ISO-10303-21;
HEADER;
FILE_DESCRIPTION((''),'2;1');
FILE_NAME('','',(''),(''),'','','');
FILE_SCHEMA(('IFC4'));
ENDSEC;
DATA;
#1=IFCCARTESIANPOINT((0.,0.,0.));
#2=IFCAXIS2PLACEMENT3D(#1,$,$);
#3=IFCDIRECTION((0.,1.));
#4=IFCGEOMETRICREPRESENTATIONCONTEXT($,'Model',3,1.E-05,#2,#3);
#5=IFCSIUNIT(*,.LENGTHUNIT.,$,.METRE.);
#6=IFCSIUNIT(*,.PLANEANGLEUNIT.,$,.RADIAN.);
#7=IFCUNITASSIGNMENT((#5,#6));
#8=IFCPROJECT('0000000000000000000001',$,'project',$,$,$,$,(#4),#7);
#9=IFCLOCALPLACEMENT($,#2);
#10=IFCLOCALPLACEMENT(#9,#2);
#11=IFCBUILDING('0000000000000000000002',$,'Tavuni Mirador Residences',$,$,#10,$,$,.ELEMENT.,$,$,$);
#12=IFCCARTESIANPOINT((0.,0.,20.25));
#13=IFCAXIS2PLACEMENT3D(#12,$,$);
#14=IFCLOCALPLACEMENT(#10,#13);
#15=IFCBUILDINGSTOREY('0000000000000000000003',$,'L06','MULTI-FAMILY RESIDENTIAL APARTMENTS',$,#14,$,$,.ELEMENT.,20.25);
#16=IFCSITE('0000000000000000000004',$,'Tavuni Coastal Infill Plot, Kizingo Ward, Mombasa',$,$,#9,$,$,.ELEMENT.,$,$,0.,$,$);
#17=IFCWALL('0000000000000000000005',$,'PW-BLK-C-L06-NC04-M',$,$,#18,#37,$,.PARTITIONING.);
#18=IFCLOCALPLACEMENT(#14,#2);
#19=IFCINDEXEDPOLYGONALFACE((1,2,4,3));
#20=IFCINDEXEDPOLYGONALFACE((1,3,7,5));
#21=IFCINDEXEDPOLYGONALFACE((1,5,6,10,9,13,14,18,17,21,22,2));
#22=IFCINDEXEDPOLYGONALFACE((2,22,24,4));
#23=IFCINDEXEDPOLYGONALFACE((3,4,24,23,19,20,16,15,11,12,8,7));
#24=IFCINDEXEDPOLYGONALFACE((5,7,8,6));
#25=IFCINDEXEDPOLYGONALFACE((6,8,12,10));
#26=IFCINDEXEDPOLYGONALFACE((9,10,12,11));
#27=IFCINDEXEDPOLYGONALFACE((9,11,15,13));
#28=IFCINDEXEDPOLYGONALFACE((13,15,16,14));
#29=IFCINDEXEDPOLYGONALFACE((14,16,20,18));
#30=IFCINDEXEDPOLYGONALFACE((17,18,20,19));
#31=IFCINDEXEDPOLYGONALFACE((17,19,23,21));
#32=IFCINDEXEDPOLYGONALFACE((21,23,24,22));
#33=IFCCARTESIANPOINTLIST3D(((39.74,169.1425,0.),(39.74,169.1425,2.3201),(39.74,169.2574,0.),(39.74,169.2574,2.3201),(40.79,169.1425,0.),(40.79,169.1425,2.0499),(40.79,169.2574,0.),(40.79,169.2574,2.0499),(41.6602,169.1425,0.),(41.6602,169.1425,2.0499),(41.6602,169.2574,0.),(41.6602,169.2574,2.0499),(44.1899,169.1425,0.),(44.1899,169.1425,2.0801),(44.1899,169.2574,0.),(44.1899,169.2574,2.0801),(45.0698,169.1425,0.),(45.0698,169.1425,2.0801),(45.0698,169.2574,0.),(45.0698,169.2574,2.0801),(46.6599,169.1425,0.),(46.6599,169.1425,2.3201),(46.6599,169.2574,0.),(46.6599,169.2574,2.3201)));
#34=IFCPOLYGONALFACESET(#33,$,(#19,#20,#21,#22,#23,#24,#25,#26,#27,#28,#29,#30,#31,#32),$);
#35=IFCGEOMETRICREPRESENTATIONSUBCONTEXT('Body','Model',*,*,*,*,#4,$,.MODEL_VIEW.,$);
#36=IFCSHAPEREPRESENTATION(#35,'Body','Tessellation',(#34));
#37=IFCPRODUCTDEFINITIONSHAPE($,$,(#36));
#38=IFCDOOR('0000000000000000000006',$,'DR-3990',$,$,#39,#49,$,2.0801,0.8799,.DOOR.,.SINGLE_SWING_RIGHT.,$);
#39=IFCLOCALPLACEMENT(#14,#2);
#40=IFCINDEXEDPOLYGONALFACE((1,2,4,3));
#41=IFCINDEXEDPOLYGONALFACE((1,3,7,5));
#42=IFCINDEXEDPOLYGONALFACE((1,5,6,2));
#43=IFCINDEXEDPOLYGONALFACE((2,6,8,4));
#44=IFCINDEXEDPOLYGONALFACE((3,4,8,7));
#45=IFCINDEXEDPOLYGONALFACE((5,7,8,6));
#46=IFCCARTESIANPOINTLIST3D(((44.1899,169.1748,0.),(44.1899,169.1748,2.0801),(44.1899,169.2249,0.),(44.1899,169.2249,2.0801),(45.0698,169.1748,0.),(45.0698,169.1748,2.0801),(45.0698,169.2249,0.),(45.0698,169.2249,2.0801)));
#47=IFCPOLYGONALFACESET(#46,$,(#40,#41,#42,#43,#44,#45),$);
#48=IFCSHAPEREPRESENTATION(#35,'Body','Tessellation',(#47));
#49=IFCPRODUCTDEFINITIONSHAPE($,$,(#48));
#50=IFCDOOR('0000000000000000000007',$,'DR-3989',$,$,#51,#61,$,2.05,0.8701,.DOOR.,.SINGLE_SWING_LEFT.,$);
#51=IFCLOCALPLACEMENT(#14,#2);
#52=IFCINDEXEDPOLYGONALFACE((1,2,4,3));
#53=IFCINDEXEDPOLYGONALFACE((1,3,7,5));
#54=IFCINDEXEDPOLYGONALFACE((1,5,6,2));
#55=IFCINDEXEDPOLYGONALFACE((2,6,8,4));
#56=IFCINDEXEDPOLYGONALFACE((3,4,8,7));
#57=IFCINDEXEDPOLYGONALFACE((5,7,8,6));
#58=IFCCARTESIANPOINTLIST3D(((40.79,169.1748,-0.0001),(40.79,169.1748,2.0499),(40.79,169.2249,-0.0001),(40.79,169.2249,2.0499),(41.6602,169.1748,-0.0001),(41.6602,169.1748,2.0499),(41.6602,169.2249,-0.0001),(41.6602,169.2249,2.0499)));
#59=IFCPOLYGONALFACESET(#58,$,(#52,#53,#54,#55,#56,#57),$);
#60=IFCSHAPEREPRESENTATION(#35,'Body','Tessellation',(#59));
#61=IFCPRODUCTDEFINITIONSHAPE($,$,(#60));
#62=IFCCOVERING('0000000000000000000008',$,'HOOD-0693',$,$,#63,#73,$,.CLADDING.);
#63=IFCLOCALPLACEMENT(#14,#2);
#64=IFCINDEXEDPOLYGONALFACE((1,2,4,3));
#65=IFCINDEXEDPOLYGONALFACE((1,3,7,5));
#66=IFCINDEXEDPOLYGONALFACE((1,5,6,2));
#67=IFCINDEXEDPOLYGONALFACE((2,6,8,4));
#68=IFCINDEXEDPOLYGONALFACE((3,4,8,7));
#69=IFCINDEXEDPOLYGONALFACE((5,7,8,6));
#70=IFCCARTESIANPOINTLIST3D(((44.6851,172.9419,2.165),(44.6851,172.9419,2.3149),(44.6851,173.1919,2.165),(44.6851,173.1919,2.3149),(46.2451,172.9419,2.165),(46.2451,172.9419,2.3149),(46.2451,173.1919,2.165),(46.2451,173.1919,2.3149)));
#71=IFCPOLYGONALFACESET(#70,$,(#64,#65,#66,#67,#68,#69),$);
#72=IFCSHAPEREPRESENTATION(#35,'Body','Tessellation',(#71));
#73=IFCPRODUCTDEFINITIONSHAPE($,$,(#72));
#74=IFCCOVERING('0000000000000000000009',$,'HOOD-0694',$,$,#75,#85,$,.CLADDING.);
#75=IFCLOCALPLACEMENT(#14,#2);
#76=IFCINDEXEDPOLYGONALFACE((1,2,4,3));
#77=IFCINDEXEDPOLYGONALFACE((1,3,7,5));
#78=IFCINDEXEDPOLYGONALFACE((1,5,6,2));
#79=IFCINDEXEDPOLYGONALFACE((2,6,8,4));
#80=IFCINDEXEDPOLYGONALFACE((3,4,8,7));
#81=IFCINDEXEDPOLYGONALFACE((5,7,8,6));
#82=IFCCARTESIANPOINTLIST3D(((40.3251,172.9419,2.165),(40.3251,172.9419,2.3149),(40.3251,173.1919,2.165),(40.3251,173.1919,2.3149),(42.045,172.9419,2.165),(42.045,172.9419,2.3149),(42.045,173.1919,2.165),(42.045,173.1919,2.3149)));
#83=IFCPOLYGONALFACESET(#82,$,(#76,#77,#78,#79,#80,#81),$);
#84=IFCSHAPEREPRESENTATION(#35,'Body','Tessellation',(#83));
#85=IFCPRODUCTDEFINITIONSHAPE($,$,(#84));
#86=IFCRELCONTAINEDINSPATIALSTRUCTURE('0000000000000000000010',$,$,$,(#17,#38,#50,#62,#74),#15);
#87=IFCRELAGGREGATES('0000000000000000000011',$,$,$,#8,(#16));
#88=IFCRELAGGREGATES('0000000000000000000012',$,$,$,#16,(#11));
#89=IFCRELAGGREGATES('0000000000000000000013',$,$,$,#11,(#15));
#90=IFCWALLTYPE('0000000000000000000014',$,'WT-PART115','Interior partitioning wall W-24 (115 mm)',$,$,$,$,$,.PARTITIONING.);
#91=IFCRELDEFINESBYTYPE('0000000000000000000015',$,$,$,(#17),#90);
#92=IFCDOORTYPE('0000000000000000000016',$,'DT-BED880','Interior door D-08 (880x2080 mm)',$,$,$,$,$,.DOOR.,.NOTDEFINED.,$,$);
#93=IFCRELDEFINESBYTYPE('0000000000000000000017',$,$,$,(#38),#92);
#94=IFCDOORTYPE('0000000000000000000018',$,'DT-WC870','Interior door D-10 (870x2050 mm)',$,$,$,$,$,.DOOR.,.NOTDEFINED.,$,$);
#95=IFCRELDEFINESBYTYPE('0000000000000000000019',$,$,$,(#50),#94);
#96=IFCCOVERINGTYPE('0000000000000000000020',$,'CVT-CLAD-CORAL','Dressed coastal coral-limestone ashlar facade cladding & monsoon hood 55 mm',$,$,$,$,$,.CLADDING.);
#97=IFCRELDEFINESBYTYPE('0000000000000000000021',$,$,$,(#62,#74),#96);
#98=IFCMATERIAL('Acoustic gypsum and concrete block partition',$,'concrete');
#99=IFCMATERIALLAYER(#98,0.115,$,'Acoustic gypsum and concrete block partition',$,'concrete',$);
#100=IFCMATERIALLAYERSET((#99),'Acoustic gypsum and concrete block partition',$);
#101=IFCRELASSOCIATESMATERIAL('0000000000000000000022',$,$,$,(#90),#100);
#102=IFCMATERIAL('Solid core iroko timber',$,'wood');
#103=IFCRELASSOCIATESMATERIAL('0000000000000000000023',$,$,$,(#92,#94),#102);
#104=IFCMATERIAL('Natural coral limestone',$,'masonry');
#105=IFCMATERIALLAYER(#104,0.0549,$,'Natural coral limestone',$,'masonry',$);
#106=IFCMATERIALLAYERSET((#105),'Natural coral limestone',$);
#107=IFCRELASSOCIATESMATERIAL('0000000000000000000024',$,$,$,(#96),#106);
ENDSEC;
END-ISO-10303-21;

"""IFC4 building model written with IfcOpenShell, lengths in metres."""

from ifc_helpers import new_model, si_unit, direction, frame, frame_2d, origin, origin_2d, place, context, subcontext, project, spatial, rectangle, extrude, material, layer, layer_set, type_object, element, fill, save


model = new_model("IFC4")

# Units and contexts
model_context = context("Model", 3, precision=1e-05, world=origin(), true_north=direction((0.0, 1.0)))
body_context = subcontext(model_context, "Body", "Model", "MODEL_VIEW")
ifc_project = project(units=[si_unit("LENGTHUNIT", "METRE"), si_unit("PLANEANGLEUNIT", "RADIAN")], contexts=[model_context])

# Site, building, storey
site_placement = place(None, origin())
site = spatial("IfcSite", under=ifc_project, at=site_placement, Name="Tavuni Coastal Infill Plot, Kizingo Ward, Mombasa", CompositionType="ELEMENT", RefElevation=0.0)
building_placement = place(site_placement, origin())
building = spatial("IfcBuilding", under=site, at=building_placement, Name="Tavuni Mirador Residences", CompositionType="ELEMENT")
storey_placement = place(building_placement, frame((0.0, 0.0, 20.25)))
storey = spatial("IfcBuildingStorey", under=building, at=storey_placement, Name="L06", Description="MULTI-FAMILY RESIDENTIAL APARTMENTS", CompositionType="ELEMENT", Elevation=20.25)

# Shared definitions
ifc_material_1 = material(Name="Acoustic gypsum and concrete block partition", Category="concrete")

# Wall, openings, doors
ifc_layer_1 = layer(ifc_material_1, 0.115, Name="Acoustic gypsum and concrete block partition", Category="concrete")
ifc_layer_set_1 = layer_set([ifc_layer_1], Name="Acoustic gypsum and concrete block partition")
wall_type_1 = type_object("IfcWallType", Name="WT-PART115", Description="Interior partitioning wall W-24 (115 mm)", PredefinedType="PARTITIONING", material=ifc_layer_set_1)
wall_1_placement = place(storey_placement, frame((39.74, 169.2, 0.0), z_axis=(0.0, 0.0, 1.0), x_axis=(1.0, 0.0, 0.0)))
wall_1 = element("IfcWall", 1, at=wall_1_placement, inside=storey, type_object=wall_type_1, Name="PW-BLK-C-L06-NC04-M", PredefinedType="PARTITIONING", context=body_context, shape_type="SweptSolid", body=[
    extrude(rectangle(XDim=6.9199, YDim=0.115, at=frame_2d((3.46, 0.0))), origin(), (0.0, 0.0, 1.0), 2.3201),
])
opening_1_placement = place(wall_1_placement, frame((1.05, 0.0, 0.0)))
opening_1 = element("IfcOpeningElement", 2, at=opening_1_placement, cuts=wall_1, PredefinedType="OPENING", context=body_context, shape_type="SweptSolid", body=[
    extrude(rectangle(XDim=0.8701, YDim=2.05, at=frame_2d((0.4351, 1.0249))), frame((0.0, 0.0674, 0.0), z_axis=(0.0, -1.0, 0.0), x_axis=(1.0, 0.0, 0.0)), (0.0, 0.0, 1.0), 0.135),
])
opening_2_placement = place(wall_1_placement, frame((4.45, 0.0, 0.0)))
opening_2 = element("IfcOpeningElement", 3, at=opening_2_placement, cuts=wall_1, PredefinedType="OPENING", context=body_context, shape_type="SweptSolid", body=[
    extrude(rectangle(XDim=0.8799, YDim=2.0801, at=frame_2d((0.4399, 1.04))), frame((0.0, 0.0674, 0.0), z_axis=(0.0, -1.0, 0.0), x_axis=(1.0, 0.0, 0.0)), (0.0, 0.0, 1.0), 0.135),
])
ifc_material_2 = material(Name="Solid core iroko timber", Category="wood")
door_type_1 = type_object("IfcDoorType", Name="DT-BED880", Description="Interior door D-08 (880x2080 mm)", OperationType="NOTDEFINED", PredefinedType="DOOR", material=ifc_material_2)
door_1_placement = place(opening_2_placement, origin())
door_1 = element("IfcDoor", 4, at=door_1_placement, inside=storey, type_object=door_type_1, Name="DR-3990", OperationType="SINGLE_SWING_RIGHT", OverallHeight=2.0801, OverallWidth=0.8799, PredefinedType="DOOR", context=body_context, shape_type="SweptSolid", body=[
    extrude(rectangle(XDim=0.8799, YDim=2.0801, at=frame_2d((0.4399, 1.04))), frame((0.0, 0.0249, 0.0), z_axis=(0.0, -1.0, 0.0), x_axis=(1.0, 0.0, 0.0)), (0.0, 0.0, 1.0), 0.05),
])
fill(opening_2, door_1)
door_type_2 = type_object("IfcDoorType", Name="DT-WC870", Description="Interior door D-10 (870x2050 mm)", OperationType="NOTDEFINED", PredefinedType="DOOR", material=ifc_material_2)
door_2_placement = place(opening_1_placement, origin())
door_2 = element("IfcDoor", 5, at=door_2_placement, inside=storey, type_object=door_type_2, Name="DR-3989", OperationType="SINGLE_SWING_LEFT", OverallHeight=2.05, OverallWidth=0.8701, PredefinedType="DOOR", context=body_context, shape_type="SweptSolid", body=[
    extrude(rectangle(XDim=0.8701, YDim=2.05, at=frame_2d((0.4351, 1.0249))), frame((0.0, 0.0249, 0.0), z_axis=(0.0, -1.0, 0.0), x_axis=(1.0, 0.0, 0.0)), (0.0, 0.0, 1.0), 0.05),
])
fill(opening_1, door_2)

# Coverings
ifc_material_3 = material(Name="Natural coral limestone", Category="masonry")
ifc_layer_2 = layer(ifc_material_3, 0.0549, Name="Natural coral limestone", Category="masonry")
ifc_layer_set_2 = layer_set([ifc_layer_2], Name="Natural coral limestone")
covering_type = type_object("IfcCoveringType", Name="CVT-CLAD-CORAL", Description="Dressed coastal coral-limestone ashlar facade cladding & monsoon hood 55 mm", PredefinedType="CLADDING", material=ifc_layer_set_2)
covering_1_placement = place(storey_placement, frame((45.4651, 173.0669, 2.165), z_axis=(0.0, 0.0, 1.0), x_axis=(-1.0, 0.0, 0.0)))
element("IfcCovering", 6, at=covering_1_placement, inside=storey, type_object=covering_type, Name="HOOD-0693", PredefinedType="CLADDING", context=body_context, shape_type="SweptSolid", body=[
    extrude(rectangle(XDim=1.5601, YDim=0.25, at=origin_2d()), origin(), (0.0, 0.0, 1.0), 0.1499),
])
covering_2_placement = place(storey_placement, frame((41.1851, 173.0669, 2.165), z_axis=(0.0, 0.0, 1.0), x_axis=(-1.0, 0.0, 0.0)))
element("IfcCovering", 7, at=covering_2_placement, inside=storey, type_object=covering_type, Name="HOOD-0694", PredefinedType="CLADDING", context=body_context, shape_type="SweptSolid", body=[
    extrude(rectangle(XDim=1.72, YDim=0.25, at=origin_2d()), origin(), (0.0, 0.0, 1.0), 0.1499),
])

save(model, "model.ifc")
